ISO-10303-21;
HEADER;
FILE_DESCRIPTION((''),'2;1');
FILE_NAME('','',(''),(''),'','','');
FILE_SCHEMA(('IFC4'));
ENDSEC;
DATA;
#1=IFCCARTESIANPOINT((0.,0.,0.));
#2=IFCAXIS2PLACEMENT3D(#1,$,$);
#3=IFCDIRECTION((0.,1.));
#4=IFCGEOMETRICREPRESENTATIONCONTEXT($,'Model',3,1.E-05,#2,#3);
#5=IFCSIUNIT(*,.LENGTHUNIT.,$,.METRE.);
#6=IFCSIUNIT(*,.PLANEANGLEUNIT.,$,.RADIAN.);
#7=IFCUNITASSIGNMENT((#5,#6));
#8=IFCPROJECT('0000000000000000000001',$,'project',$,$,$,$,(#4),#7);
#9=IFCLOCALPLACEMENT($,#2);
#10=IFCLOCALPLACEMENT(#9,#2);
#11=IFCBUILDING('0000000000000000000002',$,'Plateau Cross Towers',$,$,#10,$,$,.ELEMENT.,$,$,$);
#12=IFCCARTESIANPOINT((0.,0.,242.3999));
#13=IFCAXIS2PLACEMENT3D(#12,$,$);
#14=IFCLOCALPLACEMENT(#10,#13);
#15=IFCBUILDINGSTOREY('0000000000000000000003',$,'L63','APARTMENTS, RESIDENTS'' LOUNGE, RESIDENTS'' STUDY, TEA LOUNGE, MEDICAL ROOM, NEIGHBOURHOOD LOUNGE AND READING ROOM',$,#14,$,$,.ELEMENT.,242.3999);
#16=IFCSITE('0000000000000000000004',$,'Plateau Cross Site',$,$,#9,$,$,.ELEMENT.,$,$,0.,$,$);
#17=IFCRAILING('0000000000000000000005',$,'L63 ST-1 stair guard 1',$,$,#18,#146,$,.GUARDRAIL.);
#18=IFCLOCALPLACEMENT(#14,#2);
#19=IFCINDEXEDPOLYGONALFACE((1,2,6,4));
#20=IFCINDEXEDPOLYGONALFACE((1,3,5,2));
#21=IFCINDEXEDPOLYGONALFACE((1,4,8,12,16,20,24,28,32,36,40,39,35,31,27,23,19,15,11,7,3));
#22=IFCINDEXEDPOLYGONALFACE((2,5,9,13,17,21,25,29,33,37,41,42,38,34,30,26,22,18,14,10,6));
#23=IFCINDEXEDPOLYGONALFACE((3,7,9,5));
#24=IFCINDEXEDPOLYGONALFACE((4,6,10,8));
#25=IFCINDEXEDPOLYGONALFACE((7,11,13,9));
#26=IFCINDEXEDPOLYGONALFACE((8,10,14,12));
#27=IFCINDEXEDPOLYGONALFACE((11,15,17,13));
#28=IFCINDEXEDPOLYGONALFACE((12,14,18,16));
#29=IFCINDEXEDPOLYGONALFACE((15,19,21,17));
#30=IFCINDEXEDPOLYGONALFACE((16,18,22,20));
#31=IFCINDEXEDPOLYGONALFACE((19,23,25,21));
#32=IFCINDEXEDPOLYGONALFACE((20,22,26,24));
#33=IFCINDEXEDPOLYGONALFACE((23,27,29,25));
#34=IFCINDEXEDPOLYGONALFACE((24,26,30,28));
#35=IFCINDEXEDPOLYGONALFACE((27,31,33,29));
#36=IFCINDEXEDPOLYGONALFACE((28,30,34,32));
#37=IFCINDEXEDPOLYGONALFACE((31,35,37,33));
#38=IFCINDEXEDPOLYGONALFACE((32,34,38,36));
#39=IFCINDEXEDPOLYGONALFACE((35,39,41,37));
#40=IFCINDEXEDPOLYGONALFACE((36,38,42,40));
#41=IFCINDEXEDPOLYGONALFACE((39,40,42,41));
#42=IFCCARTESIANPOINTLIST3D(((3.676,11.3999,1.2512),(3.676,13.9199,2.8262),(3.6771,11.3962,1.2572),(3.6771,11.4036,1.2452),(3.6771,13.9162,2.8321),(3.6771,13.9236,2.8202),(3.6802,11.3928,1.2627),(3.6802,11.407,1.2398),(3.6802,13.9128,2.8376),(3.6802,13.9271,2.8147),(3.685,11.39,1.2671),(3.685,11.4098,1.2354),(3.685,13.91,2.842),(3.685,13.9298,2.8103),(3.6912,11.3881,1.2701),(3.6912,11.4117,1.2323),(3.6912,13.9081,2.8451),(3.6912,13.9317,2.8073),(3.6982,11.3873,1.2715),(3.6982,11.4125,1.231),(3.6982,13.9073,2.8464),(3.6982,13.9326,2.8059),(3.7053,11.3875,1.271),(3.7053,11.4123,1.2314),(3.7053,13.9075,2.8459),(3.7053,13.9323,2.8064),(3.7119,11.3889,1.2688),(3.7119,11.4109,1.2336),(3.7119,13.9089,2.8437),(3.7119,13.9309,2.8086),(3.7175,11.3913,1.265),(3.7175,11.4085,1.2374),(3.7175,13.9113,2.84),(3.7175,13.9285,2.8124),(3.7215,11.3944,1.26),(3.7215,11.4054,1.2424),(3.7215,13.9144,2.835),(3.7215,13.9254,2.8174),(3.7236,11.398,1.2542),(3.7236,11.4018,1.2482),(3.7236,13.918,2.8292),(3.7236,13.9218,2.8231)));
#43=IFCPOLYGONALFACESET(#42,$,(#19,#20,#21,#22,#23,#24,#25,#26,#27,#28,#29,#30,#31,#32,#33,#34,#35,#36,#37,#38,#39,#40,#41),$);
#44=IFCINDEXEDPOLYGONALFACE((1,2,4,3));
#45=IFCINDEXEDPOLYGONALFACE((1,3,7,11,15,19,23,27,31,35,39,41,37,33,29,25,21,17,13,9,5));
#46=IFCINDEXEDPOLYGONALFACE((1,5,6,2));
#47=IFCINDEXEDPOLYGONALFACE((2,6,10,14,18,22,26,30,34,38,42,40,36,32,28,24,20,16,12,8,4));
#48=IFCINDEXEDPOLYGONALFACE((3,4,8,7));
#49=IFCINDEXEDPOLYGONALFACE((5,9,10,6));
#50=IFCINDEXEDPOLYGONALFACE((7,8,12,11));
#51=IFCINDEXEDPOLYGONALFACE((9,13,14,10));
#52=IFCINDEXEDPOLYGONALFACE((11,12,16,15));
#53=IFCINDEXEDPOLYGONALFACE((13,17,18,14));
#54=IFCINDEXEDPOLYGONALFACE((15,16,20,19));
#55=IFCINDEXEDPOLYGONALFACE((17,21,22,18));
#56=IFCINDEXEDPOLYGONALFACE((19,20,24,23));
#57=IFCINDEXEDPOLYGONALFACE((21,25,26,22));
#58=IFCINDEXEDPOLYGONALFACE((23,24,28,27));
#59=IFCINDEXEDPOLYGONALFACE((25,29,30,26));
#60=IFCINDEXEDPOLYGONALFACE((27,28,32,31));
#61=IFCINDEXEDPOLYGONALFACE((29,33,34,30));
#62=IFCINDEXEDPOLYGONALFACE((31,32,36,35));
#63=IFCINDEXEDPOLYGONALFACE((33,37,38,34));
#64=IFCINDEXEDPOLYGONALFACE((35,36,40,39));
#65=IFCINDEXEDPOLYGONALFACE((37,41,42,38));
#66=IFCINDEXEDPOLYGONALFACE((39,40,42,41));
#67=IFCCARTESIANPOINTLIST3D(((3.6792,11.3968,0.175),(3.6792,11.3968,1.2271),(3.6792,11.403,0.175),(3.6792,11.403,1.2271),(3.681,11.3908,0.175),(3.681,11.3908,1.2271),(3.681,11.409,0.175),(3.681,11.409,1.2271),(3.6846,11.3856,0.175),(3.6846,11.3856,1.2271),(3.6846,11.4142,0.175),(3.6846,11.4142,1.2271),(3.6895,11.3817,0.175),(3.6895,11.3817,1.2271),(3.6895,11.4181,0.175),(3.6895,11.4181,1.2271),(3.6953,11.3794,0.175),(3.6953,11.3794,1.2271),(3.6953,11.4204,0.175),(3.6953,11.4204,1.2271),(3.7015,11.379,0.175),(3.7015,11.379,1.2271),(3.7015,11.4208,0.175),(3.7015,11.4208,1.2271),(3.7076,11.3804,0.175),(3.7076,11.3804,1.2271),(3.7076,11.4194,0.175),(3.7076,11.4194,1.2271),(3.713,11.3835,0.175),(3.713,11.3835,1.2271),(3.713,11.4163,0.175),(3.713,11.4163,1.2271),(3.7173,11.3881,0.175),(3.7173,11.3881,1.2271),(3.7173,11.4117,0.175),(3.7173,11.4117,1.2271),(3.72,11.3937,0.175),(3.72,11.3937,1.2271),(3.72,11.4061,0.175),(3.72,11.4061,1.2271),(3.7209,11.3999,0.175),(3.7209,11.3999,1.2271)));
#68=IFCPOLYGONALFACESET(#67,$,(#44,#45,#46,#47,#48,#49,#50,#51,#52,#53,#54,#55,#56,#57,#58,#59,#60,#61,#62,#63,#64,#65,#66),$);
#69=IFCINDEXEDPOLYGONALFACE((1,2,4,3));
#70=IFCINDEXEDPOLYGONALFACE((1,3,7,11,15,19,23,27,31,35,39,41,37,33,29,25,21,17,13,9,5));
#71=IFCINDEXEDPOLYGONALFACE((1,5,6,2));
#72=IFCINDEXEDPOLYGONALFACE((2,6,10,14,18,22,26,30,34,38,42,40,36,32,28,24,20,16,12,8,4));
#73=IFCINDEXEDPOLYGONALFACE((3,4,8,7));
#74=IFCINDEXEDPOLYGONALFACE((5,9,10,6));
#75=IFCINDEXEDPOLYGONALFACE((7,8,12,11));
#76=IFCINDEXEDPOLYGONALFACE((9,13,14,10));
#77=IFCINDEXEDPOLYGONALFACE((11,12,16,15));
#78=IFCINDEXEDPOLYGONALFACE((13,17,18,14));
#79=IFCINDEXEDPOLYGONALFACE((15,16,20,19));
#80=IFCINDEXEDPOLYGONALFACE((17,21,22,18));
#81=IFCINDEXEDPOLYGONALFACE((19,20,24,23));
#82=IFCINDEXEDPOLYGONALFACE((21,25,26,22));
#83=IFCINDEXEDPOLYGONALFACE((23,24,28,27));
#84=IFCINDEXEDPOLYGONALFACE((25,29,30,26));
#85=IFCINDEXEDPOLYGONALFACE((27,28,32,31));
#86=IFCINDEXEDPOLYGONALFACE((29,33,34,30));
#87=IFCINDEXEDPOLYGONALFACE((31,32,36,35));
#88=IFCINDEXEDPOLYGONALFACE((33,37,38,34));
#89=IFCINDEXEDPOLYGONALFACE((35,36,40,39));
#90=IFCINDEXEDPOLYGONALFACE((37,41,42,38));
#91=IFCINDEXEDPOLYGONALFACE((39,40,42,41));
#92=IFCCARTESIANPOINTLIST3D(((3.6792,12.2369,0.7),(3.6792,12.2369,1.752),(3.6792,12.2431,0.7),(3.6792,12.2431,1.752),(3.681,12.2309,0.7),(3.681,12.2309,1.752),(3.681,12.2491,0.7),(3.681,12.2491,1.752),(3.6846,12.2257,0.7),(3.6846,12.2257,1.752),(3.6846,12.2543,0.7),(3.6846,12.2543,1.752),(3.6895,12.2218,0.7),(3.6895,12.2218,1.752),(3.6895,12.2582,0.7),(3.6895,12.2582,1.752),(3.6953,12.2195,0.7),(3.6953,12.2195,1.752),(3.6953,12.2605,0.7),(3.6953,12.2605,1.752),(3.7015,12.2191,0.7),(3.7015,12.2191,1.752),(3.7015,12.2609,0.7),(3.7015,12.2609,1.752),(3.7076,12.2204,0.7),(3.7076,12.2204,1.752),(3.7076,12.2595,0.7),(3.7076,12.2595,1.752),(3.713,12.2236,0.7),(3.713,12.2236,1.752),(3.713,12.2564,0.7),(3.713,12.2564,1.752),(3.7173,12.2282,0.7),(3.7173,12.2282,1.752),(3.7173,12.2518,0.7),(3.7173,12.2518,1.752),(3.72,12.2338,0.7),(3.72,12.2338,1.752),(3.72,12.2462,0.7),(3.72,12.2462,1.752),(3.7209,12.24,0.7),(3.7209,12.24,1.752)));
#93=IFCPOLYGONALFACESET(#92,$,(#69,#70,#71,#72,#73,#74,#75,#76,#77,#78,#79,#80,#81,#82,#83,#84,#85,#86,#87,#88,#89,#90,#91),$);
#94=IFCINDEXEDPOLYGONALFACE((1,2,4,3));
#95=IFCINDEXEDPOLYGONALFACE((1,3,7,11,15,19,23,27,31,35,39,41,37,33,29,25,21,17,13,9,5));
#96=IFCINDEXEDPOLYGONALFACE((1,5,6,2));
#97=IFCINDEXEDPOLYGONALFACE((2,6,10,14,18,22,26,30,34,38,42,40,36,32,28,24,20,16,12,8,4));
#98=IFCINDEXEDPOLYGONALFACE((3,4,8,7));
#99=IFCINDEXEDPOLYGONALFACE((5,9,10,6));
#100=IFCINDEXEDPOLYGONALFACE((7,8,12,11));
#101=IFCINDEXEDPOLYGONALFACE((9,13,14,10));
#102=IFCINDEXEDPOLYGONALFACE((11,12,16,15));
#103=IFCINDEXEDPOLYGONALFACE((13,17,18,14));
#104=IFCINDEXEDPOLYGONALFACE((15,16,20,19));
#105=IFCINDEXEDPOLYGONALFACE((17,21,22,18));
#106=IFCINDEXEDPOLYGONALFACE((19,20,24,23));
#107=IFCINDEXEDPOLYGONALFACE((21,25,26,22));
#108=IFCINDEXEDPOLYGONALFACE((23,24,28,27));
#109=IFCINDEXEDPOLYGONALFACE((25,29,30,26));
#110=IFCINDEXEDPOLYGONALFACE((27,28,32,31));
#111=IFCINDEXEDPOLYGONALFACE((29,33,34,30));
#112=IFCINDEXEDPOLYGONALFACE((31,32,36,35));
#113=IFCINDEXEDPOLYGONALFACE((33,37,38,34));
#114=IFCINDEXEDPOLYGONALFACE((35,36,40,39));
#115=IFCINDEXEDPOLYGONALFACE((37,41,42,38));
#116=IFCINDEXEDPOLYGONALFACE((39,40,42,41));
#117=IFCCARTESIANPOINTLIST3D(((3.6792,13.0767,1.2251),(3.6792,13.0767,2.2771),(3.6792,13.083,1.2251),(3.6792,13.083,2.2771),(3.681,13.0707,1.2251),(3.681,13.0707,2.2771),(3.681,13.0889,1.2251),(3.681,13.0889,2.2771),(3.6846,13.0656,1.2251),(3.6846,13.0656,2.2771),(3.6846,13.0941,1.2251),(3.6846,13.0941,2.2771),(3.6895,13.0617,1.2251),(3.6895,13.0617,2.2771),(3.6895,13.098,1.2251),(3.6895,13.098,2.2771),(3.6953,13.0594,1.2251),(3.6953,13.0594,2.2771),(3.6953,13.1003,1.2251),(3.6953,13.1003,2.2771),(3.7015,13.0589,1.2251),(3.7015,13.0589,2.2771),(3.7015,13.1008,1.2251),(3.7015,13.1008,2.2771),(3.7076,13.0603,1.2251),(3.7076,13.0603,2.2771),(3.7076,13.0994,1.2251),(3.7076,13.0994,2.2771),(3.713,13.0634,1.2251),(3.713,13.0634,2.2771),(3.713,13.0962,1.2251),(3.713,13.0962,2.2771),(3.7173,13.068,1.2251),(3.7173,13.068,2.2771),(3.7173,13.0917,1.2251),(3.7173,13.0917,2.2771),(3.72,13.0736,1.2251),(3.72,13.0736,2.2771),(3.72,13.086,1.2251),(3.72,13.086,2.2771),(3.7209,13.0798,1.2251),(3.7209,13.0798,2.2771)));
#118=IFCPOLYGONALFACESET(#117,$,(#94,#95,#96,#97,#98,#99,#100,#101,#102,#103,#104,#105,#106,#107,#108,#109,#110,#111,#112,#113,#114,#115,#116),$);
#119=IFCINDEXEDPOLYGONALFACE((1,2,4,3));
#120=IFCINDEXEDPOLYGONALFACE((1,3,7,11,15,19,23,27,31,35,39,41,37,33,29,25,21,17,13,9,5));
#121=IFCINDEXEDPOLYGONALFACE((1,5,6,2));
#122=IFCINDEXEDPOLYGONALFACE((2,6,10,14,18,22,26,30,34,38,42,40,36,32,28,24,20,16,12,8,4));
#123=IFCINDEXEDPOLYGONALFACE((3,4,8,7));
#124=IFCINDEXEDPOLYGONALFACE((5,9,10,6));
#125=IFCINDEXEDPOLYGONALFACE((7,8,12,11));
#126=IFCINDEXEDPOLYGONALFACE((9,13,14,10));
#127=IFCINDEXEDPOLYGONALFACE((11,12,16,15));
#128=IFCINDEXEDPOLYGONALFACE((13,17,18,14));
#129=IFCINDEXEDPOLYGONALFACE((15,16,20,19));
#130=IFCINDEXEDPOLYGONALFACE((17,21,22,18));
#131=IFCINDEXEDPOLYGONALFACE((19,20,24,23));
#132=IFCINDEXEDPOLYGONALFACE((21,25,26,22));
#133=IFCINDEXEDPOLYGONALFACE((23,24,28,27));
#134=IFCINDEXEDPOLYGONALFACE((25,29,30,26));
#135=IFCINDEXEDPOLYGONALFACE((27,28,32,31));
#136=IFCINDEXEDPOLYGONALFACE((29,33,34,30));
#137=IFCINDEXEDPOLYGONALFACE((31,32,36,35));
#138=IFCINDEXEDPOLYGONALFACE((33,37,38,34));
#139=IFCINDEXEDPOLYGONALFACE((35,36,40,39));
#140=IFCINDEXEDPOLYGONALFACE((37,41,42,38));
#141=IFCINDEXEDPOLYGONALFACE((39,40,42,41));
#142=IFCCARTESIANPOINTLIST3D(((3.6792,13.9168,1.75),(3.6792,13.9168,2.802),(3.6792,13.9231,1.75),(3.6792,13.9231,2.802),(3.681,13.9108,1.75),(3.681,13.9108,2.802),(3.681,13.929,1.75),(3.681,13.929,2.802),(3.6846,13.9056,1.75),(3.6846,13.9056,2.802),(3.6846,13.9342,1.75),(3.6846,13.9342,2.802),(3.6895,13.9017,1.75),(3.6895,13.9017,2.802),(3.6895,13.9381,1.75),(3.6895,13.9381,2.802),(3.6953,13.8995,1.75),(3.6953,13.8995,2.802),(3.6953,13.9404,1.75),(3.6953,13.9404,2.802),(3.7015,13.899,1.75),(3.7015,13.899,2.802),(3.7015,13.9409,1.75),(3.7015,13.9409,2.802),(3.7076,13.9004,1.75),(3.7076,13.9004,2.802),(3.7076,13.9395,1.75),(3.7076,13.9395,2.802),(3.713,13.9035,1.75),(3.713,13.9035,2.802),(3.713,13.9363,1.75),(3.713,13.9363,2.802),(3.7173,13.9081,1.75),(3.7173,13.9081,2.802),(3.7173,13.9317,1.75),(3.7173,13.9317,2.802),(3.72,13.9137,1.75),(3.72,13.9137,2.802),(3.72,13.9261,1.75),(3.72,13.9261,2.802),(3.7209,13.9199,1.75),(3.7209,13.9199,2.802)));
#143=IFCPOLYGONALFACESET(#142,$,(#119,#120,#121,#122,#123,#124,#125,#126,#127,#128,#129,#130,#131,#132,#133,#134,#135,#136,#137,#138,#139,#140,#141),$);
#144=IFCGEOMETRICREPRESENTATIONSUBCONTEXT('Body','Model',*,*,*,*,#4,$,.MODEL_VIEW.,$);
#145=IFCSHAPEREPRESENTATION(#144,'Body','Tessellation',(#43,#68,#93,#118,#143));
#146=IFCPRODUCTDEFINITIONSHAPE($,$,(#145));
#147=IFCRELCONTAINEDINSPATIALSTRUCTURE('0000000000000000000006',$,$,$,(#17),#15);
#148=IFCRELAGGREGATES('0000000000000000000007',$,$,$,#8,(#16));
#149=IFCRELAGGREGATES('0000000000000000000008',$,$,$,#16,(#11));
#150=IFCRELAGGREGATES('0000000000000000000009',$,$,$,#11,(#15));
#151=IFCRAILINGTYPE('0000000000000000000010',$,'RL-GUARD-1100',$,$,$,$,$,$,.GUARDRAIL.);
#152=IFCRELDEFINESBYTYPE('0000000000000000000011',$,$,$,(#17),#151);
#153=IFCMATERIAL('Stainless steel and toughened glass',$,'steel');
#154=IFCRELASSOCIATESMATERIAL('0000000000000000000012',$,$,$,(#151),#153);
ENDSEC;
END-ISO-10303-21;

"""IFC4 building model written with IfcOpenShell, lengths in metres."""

from ifc_helpers import new_model, si_unit, direction, frame, origin, origin_2d, place, context, subcontext, project, spatial, circle, extrude, material, type_object, element, save


model = new_model("IFC4")

# Units and contexts
model_context = context("Model", 3, precision=1e-05, world=origin(), true_north=direction((0.0, 1.0)))
body_context = subcontext(model_context, "Body", "Model", "MODEL_VIEW")
ifc_project = project(units=[si_unit("LENGTHUNIT", "METRE"), si_unit("PLANEANGLEUNIT", "RADIAN")], contexts=[model_context])

# Site, building, storey
site_placement = place(None, origin())
site = spatial("IfcSite", under=ifc_project, at=site_placement, Name="Plateau Cross Site", CompositionType="ELEMENT", RefElevation=0.0)
building_placement = place(site_placement, origin())
building = spatial("IfcBuilding", under=site, at=building_placement, Name="Plateau Cross Towers", CompositionType="ELEMENT")
storey_placement = place(building_placement, frame((0.0, 0.0, 242.3999)))
storey = spatial("IfcBuildingStorey", under=building, at=storey_placement, Name="L63", Description="APARTMENTS, RESIDENTS' LOUNGE, RESIDENTS' STUDY, TEA LOUNGE, MEDICAL ROOM, NEIGHBOURHOOD LOUNGE AND READING ROOM", CompositionType="ELEMENT", Elevation=242.3999)

# Railing
ifc_material_1 = material(Name="Stainless steel and toughened glass", Category="steel")
railing_type_1 = type_object("IfcRailingType", Name="RL-GUARD-1100", PredefinedType="GUARDRAIL", material=ifc_material_1)
railing_1_placement = place(storey_placement, frame((3.7, 11.3999, 0.175)))
element("IfcRailing", 1, at=railing_1_placement, inside=storey, type_object=railing_type_1, Name="L63 ST-1 stair guard 1", PredefinedType="GUARDRAIL", context=body_context, shape_type="SweptSolid", body=[
    extrude(circle(Radius=0.0239, at=origin_2d()), frame((0.0, 0.0, 1.0762), z_axis=(0.0, 0.848008, 0.529984), x_axis=(-1.0, 0.0, 0.0)), (0.0, 0.0, 1.0), 2.9717),
    extrude(circle(Radius=0.021, at=origin_2d()), origin(), (0.0, 0.0, 1.0), 1.052),
    extrude(circle(Radius=0.021, at=origin_2d()), frame((0.0, 0.8401, 0.5249)), (0.0, 0.0, 1.0), 1.052),
    extrude(circle(Radius=0.021, at=origin_2d()), frame((0.0, 1.6799, 1.05)), (0.0, 0.0, 1.0), 1.052),
    extrude(circle(Radius=0.021, at=origin_2d()), frame((0.0, 2.52, 1.575)), (0.0, 0.0, 1.0), 1.052),
])

save(model, "model.ifc")
